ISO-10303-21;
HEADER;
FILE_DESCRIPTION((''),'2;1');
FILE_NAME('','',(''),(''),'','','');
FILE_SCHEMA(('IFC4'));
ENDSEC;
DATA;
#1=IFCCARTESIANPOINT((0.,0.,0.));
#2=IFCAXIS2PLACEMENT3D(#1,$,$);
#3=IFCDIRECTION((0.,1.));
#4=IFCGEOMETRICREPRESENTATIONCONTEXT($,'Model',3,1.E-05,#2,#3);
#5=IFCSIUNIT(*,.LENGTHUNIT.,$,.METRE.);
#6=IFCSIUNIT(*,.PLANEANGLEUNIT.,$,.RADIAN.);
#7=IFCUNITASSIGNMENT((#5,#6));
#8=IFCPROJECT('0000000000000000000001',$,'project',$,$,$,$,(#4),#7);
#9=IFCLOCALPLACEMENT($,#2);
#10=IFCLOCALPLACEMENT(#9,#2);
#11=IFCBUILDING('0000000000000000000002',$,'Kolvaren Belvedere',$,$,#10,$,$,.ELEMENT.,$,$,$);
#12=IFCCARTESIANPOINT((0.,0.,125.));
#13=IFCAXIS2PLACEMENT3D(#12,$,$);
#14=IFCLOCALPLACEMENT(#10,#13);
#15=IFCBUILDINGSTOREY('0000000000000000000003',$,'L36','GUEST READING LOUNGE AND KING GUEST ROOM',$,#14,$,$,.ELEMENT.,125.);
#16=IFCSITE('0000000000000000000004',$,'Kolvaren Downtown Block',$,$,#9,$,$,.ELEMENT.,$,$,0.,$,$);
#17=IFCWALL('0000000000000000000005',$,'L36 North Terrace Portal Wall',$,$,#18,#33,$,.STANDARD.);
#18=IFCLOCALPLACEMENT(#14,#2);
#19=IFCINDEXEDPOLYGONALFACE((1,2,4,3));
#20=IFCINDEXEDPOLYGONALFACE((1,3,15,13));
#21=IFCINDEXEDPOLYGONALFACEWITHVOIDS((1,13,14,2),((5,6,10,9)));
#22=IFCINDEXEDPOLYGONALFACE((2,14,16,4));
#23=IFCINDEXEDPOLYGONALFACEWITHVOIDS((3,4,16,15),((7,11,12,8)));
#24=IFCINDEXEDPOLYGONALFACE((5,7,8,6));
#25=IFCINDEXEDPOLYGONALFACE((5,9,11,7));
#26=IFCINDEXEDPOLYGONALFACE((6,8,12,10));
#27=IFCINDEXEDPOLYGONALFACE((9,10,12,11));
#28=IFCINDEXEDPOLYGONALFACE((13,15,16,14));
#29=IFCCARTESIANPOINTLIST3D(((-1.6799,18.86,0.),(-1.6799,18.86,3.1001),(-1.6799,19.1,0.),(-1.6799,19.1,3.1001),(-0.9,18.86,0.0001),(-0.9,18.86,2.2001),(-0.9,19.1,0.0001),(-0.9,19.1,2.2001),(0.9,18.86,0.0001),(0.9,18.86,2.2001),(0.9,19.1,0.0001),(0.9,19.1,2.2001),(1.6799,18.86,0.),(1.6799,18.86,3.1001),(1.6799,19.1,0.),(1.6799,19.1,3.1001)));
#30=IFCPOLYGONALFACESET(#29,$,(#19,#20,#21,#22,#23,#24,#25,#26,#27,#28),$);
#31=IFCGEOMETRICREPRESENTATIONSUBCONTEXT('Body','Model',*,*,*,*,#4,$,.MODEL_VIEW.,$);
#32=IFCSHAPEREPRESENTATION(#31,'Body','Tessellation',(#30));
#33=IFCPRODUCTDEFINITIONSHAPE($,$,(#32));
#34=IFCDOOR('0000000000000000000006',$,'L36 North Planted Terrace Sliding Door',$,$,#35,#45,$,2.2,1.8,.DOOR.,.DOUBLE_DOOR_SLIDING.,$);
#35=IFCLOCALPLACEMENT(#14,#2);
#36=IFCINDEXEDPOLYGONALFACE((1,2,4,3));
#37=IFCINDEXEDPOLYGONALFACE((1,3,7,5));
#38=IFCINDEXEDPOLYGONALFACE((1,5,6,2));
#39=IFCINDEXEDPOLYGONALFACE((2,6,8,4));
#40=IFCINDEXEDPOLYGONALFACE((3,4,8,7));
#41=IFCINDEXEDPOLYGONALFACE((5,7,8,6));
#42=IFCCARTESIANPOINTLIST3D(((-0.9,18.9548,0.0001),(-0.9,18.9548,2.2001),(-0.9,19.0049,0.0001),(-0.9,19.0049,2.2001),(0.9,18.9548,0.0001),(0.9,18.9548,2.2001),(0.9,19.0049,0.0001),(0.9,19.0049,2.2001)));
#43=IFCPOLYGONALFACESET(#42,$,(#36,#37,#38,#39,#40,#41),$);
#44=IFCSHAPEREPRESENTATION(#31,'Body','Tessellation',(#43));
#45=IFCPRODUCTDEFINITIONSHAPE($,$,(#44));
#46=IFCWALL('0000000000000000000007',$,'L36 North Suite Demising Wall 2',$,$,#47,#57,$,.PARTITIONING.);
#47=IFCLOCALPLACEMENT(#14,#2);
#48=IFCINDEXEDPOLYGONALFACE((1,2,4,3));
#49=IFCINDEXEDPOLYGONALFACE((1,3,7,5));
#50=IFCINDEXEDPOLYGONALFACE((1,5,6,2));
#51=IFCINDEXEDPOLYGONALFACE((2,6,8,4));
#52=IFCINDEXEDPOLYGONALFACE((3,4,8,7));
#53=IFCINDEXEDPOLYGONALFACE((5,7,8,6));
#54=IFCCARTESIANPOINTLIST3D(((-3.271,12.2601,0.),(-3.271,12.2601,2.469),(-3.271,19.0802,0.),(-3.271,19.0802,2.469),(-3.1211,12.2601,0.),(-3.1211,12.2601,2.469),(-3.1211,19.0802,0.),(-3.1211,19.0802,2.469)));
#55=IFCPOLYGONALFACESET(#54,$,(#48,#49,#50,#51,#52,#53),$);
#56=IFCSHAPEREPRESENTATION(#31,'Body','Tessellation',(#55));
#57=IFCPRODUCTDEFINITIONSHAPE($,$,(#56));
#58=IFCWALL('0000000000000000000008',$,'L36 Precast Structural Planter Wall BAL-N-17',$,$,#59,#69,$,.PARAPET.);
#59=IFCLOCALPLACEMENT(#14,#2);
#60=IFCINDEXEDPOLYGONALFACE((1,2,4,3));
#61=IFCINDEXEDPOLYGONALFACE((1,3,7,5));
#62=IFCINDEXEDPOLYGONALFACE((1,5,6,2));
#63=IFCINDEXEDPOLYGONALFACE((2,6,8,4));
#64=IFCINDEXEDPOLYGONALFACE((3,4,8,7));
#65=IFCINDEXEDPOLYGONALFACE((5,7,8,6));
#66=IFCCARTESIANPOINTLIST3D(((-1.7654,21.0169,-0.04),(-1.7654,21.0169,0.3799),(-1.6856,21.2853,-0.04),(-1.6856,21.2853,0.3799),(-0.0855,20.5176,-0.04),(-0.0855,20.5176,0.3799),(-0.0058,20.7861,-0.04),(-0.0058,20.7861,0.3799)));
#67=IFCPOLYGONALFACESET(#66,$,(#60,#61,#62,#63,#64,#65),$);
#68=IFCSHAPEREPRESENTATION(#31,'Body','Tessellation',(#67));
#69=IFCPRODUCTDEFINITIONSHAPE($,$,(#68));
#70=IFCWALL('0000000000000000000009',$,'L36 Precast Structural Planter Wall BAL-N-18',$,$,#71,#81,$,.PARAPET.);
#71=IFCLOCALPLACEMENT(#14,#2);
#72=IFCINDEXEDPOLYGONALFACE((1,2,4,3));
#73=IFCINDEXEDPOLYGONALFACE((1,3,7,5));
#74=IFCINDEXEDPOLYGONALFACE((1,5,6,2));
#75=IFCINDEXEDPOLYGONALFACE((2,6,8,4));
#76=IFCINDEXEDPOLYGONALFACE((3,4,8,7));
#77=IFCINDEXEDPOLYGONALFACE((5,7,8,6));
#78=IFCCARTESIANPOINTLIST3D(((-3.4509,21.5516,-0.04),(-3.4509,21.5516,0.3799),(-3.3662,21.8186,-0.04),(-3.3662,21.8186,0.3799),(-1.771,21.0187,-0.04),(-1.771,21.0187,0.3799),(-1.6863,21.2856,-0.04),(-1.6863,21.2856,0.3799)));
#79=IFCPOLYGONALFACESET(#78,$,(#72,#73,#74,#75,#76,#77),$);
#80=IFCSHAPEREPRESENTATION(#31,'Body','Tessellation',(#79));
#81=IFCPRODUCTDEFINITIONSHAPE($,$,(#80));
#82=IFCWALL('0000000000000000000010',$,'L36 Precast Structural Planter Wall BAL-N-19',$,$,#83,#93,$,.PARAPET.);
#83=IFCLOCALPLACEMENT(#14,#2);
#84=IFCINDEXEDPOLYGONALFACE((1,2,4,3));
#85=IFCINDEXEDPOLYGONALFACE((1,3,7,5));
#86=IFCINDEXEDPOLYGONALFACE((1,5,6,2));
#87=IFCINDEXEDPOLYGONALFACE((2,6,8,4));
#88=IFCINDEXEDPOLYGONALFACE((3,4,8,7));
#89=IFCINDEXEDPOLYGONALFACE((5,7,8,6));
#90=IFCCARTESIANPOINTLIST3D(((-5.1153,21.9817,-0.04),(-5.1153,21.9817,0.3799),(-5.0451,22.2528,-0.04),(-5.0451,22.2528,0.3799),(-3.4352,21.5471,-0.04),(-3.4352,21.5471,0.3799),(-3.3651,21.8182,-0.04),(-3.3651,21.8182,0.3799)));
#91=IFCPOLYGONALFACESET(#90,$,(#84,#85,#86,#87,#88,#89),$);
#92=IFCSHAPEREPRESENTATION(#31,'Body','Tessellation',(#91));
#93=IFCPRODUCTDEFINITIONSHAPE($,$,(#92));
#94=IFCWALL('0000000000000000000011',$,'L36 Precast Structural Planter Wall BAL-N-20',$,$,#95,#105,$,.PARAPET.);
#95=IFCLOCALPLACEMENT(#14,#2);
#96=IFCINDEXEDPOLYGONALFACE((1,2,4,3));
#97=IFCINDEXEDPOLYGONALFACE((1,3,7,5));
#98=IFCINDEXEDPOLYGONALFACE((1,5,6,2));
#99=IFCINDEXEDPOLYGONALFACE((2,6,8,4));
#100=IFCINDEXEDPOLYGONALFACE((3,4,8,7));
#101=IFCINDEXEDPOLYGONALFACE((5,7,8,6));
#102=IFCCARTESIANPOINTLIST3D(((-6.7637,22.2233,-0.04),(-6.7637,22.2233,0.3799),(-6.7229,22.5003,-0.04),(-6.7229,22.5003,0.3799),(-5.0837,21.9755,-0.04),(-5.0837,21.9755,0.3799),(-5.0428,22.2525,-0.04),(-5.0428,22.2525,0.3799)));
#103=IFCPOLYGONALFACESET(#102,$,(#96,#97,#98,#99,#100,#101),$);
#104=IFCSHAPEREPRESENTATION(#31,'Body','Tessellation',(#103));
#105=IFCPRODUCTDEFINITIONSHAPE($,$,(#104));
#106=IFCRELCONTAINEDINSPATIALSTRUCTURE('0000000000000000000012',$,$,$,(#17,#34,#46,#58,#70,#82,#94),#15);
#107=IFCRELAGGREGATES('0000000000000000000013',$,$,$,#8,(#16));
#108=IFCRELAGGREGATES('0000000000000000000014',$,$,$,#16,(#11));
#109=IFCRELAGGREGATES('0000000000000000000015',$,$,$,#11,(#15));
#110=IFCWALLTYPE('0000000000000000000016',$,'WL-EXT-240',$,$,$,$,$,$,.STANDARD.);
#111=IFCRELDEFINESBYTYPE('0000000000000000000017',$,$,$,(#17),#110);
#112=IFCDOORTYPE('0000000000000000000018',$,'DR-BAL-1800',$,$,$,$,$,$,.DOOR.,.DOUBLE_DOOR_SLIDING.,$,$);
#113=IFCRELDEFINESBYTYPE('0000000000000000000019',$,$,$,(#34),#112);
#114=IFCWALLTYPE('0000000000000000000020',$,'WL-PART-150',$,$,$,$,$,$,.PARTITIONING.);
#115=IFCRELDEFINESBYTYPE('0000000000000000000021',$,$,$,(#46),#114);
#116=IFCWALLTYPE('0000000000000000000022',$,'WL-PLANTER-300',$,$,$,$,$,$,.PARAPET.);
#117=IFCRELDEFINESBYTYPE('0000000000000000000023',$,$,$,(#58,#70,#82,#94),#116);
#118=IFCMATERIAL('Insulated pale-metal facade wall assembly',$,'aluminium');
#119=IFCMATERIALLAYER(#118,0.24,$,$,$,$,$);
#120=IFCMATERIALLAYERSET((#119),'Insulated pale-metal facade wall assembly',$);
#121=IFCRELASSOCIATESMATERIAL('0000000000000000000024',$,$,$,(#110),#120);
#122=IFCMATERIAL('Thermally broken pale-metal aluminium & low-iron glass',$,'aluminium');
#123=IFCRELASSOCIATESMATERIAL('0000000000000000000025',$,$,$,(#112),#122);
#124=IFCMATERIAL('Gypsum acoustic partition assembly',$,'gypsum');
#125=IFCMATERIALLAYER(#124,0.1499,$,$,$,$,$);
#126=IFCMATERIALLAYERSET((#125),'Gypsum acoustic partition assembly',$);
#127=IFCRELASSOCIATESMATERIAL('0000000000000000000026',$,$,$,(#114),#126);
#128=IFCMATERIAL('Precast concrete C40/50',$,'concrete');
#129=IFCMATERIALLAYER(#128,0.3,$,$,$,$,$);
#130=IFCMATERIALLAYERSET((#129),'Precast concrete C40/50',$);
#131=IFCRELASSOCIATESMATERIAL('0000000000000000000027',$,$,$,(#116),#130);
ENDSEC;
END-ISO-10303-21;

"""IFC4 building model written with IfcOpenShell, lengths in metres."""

from ifc_helpers import new_model, si_unit, direction, frame, frame_2d, origin, place, context, subcontext, project, spatial, rectangle, extrude, material, layer, layer_set, type_object, element, fill, save


model = new_model("IFC4")

# Units and contexts
model_context = context("Model", 3, precision=1e-05, world=origin(), true_north=direction((0.0, 1.0)))
body_context = subcontext(model_context, "Body", "Model", "MODEL_VIEW")
ifc_project = project(units=[si_unit("LENGTHUNIT", "METRE"), si_unit("PLANEANGLEUNIT", "RADIAN")], contexts=[model_context])

# Site, building, storey
site_placement = place(None, origin())
site = spatial("IfcSite", under=ifc_project, at=site_placement, Name="Kolvaren Downtown Block", CompositionType="ELEMENT", RefElevation=0.0)
building_placement = place(site_placement, origin())
building = spatial("IfcBuilding", under=site, at=building_placement, Name="Kolvaren Belvedere", CompositionType="ELEMENT")
storey_placement = place(building_placement, frame((0.0, 0.0, 125.0)))
storey = spatial("IfcBuildingStorey", under=building, at=storey_placement, Name="L36", Description="GUEST READING LOUNGE AND KING GUEST ROOM", CompositionType="ELEMENT", Elevation=125.0)

# Wall, opening, door
ifc_material_1 = material(Name="Insulated pale-metal facade wall assembly", Category="aluminium")
ifc_layer_1 = layer(ifc_material_1, 0.24)
ifc_layer_set_1 = layer_set([ifc_layer_1], Name="Insulated pale-metal facade wall assembly")
wall_type_1 = type_object("IfcWallType", Name="WL-EXT-240", PredefinedType="STANDARD", material=ifc_layer_set_1)
wall_1_placement = place(storey_placement, frame((-1.6799, 18.98, 0.0), z_axis=(0.0, 0.0, 1.0), x_axis=(1.0, 0.0, 0.0)))
wall_1 = element("IfcWall", 1, at=wall_1_placement, inside=storey, type_object=wall_type_1, Name="L36 North Terrace Portal Wall", PredefinedType="STANDARD", context=body_context, shape_type="SweptSolid", body=[
    extrude(rectangle(XDim=3.3599, YDim=0.24, at=frame_2d((1.6799, 0.0))), origin(), (0.0, 0.0, 1.0), 3.1001),
])
opening_placement = place(wall_1_placement, frame((0.78, 0.0, 0.0)))
opening = element("IfcOpeningElement", 2, at=opening_placement, cuts=wall_1, PredefinedType="OPENING", context=body_context, shape_type="SweptSolid", body=[
    extrude(rectangle(XDim=1.8, YDim=2.2, at=frame_2d((0.8999, 1.1001))), frame((0.0, 0.1299, 0.0), z_axis=(0.0, -1.0, 0.0), x_axis=(1.0, 0.0, 0.0)), (0.0, 0.0, 1.0), 0.26),
])
ifc_material_2 = material(Name="Thermally broken pale-metal aluminium & low-iron glass", Category="aluminium")
door_type = type_object("IfcDoorType", Name="DR-BAL-1800", OperationType="DOUBLE_DOOR_SLIDING", PredefinedType="DOOR", material=ifc_material_2)
door_placement = place(opening_placement, origin())
door = element("IfcDoor", 3, at=door_placement, inside=storey, type_object=door_type, Name="L36 North Planted Terrace Sliding Door", OperationType="DOUBLE_DOOR_SLIDING", OverallHeight=2.2, OverallWidth=1.8, PredefinedType="DOOR", context=body_context, shape_type="SweptSolid", body=[
    extrude(rectangle(XDim=1.8, YDim=2.2, at=frame_2d((0.8999, 1.1001))), frame((0.0, 0.0249, 0.0), z_axis=(0.0, -1.0, 0.0), x_axis=(1.0, 0.0, 0.0)), (0.0, 0.0, 1.0), 0.05),
])
fill(opening, door)

# Walls
ifc_material_3 = material(Name="Gypsum acoustic partition assembly", Category="gypsum")
ifc_layer_2 = layer(ifc_material_3, 0.1499)
ifc_layer_set_2 = layer_set([ifc_layer_2], Name="Gypsum acoustic partition assembly")
wall_type_2 = type_object("IfcWallType", Name="WL-PART-150", PredefinedType="PARTITIONING", material=ifc_layer_set_2)
wall_2_placement = place(storey_placement, frame((-3.196, 12.26, 0.0), z_axis=(0.0, 0.0, 1.0), x_axis=(0.0, 1.0, 0.0)))
element("IfcWall", 4, at=wall_2_placement, inside=storey, type_object=wall_type_2, Name="L36 North Suite Demising Wall 2", PredefinedType="PARTITIONING", context=body_context, shape_type="SweptSolid", body=[
    extrude(rectangle(XDim=6.8201, YDim=0.1499, at=frame_2d((3.4102, 0.0))), origin(), (0.0, 0.0, 1.0), 2.469),
])
ifc_material_4 = material(Name="Precast concrete C40/50", Category="concrete")
ifc_layer_3 = layer(ifc_material_4, 0.3)
ifc_layer_set_3 = layer_set([ifc_layer_3], Name="Precast concrete C40/50")
wall_type_3 = type_object("IfcWallType", Name="WL-PLANTER-300", PredefinedType="PARAPET", material=ifc_layer_set_3)
wall_3_placement = place(storey_placement, frame((-0.0457, 20.6519, -0.04), z_axis=(0.0, 0.0, 1.0), x_axis=(-0.958563, 0.28488, 0.0)))
element("IfcWall", 5, at=wall_3_placement, inside=storey, type_object=wall_type_3, Name="L36 Precast Structural Planter Wall BAL-N-17", PredefinedType="PARAPET", context=body_context, shape_type="SweptSolid", body=[
    extrude(rectangle(XDim=1.7524, YDim=0.28, at=frame_2d((0.8762, 0.0))), origin(), (0.0, 0.0, 1.0), 0.4199),
])
wall_4_placement = place(storey_placement, frame((-1.7285, 21.1521, -0.04), z_axis=(0.0, 0.0, 1.0), x_axis=(-0.953182, 0.302397, 0.0)))
element("IfcWall", 6, at=wall_4_placement, inside=storey, type_object=wall_type_3, Name="L36 Precast Structural Planter Wall BAL-N-18", PredefinedType="PARAPET", context=body_context, shape_type="SweptSolid", body=[
    extrude(rectangle(XDim=1.7625, YDim=0.28, at=frame_2d((0.8813, 0.0))), origin(), (0.0, 0.0, 1.0), 0.4199),
])
wall_5_placement = place(storey_placement, frame((-3.4001, 21.6826, -0.04), z_axis=(0.0, 0.0, 1.0), x_axis=(-0.968132, 0.25044, 0.0)))
element("IfcWall", 7, at=wall_5_placement, inside=storey, type_object=wall_type_3, Name="L36 Precast Structural Planter Wall BAL-N-19", PredefinedType="PARAPET", context=body_context, shape_type="SweptSolid", body=[
    extrude(rectangle(XDim=1.7354, YDim=0.28, at=frame_2d((0.8677, 0.0))), origin(), (0.0, 0.0, 1.0), 0.4199),
])
wall_6_placement = place(storey_placement, frame((-5.0632, 22.114, -0.04), z_axis=(0.0, 0.0, 1.0), x_axis=(-0.989298, 0.145908, 0.0)))
element("IfcWall", 8, at=wall_6_placement, inside=storey, type_object=wall_type_3, Name="L36 Precast Structural Planter Wall BAL-N-20", PredefinedType="PARAPET", context=body_context, shape_type="SweptSolid", body=[
    extrude(rectangle(XDim=1.6982, YDim=0.28, at=frame_2d((0.8491, 0.0))), origin(), (0.0, 0.0, 1.0), 0.4199),
])

save(model, "model.ifc")
